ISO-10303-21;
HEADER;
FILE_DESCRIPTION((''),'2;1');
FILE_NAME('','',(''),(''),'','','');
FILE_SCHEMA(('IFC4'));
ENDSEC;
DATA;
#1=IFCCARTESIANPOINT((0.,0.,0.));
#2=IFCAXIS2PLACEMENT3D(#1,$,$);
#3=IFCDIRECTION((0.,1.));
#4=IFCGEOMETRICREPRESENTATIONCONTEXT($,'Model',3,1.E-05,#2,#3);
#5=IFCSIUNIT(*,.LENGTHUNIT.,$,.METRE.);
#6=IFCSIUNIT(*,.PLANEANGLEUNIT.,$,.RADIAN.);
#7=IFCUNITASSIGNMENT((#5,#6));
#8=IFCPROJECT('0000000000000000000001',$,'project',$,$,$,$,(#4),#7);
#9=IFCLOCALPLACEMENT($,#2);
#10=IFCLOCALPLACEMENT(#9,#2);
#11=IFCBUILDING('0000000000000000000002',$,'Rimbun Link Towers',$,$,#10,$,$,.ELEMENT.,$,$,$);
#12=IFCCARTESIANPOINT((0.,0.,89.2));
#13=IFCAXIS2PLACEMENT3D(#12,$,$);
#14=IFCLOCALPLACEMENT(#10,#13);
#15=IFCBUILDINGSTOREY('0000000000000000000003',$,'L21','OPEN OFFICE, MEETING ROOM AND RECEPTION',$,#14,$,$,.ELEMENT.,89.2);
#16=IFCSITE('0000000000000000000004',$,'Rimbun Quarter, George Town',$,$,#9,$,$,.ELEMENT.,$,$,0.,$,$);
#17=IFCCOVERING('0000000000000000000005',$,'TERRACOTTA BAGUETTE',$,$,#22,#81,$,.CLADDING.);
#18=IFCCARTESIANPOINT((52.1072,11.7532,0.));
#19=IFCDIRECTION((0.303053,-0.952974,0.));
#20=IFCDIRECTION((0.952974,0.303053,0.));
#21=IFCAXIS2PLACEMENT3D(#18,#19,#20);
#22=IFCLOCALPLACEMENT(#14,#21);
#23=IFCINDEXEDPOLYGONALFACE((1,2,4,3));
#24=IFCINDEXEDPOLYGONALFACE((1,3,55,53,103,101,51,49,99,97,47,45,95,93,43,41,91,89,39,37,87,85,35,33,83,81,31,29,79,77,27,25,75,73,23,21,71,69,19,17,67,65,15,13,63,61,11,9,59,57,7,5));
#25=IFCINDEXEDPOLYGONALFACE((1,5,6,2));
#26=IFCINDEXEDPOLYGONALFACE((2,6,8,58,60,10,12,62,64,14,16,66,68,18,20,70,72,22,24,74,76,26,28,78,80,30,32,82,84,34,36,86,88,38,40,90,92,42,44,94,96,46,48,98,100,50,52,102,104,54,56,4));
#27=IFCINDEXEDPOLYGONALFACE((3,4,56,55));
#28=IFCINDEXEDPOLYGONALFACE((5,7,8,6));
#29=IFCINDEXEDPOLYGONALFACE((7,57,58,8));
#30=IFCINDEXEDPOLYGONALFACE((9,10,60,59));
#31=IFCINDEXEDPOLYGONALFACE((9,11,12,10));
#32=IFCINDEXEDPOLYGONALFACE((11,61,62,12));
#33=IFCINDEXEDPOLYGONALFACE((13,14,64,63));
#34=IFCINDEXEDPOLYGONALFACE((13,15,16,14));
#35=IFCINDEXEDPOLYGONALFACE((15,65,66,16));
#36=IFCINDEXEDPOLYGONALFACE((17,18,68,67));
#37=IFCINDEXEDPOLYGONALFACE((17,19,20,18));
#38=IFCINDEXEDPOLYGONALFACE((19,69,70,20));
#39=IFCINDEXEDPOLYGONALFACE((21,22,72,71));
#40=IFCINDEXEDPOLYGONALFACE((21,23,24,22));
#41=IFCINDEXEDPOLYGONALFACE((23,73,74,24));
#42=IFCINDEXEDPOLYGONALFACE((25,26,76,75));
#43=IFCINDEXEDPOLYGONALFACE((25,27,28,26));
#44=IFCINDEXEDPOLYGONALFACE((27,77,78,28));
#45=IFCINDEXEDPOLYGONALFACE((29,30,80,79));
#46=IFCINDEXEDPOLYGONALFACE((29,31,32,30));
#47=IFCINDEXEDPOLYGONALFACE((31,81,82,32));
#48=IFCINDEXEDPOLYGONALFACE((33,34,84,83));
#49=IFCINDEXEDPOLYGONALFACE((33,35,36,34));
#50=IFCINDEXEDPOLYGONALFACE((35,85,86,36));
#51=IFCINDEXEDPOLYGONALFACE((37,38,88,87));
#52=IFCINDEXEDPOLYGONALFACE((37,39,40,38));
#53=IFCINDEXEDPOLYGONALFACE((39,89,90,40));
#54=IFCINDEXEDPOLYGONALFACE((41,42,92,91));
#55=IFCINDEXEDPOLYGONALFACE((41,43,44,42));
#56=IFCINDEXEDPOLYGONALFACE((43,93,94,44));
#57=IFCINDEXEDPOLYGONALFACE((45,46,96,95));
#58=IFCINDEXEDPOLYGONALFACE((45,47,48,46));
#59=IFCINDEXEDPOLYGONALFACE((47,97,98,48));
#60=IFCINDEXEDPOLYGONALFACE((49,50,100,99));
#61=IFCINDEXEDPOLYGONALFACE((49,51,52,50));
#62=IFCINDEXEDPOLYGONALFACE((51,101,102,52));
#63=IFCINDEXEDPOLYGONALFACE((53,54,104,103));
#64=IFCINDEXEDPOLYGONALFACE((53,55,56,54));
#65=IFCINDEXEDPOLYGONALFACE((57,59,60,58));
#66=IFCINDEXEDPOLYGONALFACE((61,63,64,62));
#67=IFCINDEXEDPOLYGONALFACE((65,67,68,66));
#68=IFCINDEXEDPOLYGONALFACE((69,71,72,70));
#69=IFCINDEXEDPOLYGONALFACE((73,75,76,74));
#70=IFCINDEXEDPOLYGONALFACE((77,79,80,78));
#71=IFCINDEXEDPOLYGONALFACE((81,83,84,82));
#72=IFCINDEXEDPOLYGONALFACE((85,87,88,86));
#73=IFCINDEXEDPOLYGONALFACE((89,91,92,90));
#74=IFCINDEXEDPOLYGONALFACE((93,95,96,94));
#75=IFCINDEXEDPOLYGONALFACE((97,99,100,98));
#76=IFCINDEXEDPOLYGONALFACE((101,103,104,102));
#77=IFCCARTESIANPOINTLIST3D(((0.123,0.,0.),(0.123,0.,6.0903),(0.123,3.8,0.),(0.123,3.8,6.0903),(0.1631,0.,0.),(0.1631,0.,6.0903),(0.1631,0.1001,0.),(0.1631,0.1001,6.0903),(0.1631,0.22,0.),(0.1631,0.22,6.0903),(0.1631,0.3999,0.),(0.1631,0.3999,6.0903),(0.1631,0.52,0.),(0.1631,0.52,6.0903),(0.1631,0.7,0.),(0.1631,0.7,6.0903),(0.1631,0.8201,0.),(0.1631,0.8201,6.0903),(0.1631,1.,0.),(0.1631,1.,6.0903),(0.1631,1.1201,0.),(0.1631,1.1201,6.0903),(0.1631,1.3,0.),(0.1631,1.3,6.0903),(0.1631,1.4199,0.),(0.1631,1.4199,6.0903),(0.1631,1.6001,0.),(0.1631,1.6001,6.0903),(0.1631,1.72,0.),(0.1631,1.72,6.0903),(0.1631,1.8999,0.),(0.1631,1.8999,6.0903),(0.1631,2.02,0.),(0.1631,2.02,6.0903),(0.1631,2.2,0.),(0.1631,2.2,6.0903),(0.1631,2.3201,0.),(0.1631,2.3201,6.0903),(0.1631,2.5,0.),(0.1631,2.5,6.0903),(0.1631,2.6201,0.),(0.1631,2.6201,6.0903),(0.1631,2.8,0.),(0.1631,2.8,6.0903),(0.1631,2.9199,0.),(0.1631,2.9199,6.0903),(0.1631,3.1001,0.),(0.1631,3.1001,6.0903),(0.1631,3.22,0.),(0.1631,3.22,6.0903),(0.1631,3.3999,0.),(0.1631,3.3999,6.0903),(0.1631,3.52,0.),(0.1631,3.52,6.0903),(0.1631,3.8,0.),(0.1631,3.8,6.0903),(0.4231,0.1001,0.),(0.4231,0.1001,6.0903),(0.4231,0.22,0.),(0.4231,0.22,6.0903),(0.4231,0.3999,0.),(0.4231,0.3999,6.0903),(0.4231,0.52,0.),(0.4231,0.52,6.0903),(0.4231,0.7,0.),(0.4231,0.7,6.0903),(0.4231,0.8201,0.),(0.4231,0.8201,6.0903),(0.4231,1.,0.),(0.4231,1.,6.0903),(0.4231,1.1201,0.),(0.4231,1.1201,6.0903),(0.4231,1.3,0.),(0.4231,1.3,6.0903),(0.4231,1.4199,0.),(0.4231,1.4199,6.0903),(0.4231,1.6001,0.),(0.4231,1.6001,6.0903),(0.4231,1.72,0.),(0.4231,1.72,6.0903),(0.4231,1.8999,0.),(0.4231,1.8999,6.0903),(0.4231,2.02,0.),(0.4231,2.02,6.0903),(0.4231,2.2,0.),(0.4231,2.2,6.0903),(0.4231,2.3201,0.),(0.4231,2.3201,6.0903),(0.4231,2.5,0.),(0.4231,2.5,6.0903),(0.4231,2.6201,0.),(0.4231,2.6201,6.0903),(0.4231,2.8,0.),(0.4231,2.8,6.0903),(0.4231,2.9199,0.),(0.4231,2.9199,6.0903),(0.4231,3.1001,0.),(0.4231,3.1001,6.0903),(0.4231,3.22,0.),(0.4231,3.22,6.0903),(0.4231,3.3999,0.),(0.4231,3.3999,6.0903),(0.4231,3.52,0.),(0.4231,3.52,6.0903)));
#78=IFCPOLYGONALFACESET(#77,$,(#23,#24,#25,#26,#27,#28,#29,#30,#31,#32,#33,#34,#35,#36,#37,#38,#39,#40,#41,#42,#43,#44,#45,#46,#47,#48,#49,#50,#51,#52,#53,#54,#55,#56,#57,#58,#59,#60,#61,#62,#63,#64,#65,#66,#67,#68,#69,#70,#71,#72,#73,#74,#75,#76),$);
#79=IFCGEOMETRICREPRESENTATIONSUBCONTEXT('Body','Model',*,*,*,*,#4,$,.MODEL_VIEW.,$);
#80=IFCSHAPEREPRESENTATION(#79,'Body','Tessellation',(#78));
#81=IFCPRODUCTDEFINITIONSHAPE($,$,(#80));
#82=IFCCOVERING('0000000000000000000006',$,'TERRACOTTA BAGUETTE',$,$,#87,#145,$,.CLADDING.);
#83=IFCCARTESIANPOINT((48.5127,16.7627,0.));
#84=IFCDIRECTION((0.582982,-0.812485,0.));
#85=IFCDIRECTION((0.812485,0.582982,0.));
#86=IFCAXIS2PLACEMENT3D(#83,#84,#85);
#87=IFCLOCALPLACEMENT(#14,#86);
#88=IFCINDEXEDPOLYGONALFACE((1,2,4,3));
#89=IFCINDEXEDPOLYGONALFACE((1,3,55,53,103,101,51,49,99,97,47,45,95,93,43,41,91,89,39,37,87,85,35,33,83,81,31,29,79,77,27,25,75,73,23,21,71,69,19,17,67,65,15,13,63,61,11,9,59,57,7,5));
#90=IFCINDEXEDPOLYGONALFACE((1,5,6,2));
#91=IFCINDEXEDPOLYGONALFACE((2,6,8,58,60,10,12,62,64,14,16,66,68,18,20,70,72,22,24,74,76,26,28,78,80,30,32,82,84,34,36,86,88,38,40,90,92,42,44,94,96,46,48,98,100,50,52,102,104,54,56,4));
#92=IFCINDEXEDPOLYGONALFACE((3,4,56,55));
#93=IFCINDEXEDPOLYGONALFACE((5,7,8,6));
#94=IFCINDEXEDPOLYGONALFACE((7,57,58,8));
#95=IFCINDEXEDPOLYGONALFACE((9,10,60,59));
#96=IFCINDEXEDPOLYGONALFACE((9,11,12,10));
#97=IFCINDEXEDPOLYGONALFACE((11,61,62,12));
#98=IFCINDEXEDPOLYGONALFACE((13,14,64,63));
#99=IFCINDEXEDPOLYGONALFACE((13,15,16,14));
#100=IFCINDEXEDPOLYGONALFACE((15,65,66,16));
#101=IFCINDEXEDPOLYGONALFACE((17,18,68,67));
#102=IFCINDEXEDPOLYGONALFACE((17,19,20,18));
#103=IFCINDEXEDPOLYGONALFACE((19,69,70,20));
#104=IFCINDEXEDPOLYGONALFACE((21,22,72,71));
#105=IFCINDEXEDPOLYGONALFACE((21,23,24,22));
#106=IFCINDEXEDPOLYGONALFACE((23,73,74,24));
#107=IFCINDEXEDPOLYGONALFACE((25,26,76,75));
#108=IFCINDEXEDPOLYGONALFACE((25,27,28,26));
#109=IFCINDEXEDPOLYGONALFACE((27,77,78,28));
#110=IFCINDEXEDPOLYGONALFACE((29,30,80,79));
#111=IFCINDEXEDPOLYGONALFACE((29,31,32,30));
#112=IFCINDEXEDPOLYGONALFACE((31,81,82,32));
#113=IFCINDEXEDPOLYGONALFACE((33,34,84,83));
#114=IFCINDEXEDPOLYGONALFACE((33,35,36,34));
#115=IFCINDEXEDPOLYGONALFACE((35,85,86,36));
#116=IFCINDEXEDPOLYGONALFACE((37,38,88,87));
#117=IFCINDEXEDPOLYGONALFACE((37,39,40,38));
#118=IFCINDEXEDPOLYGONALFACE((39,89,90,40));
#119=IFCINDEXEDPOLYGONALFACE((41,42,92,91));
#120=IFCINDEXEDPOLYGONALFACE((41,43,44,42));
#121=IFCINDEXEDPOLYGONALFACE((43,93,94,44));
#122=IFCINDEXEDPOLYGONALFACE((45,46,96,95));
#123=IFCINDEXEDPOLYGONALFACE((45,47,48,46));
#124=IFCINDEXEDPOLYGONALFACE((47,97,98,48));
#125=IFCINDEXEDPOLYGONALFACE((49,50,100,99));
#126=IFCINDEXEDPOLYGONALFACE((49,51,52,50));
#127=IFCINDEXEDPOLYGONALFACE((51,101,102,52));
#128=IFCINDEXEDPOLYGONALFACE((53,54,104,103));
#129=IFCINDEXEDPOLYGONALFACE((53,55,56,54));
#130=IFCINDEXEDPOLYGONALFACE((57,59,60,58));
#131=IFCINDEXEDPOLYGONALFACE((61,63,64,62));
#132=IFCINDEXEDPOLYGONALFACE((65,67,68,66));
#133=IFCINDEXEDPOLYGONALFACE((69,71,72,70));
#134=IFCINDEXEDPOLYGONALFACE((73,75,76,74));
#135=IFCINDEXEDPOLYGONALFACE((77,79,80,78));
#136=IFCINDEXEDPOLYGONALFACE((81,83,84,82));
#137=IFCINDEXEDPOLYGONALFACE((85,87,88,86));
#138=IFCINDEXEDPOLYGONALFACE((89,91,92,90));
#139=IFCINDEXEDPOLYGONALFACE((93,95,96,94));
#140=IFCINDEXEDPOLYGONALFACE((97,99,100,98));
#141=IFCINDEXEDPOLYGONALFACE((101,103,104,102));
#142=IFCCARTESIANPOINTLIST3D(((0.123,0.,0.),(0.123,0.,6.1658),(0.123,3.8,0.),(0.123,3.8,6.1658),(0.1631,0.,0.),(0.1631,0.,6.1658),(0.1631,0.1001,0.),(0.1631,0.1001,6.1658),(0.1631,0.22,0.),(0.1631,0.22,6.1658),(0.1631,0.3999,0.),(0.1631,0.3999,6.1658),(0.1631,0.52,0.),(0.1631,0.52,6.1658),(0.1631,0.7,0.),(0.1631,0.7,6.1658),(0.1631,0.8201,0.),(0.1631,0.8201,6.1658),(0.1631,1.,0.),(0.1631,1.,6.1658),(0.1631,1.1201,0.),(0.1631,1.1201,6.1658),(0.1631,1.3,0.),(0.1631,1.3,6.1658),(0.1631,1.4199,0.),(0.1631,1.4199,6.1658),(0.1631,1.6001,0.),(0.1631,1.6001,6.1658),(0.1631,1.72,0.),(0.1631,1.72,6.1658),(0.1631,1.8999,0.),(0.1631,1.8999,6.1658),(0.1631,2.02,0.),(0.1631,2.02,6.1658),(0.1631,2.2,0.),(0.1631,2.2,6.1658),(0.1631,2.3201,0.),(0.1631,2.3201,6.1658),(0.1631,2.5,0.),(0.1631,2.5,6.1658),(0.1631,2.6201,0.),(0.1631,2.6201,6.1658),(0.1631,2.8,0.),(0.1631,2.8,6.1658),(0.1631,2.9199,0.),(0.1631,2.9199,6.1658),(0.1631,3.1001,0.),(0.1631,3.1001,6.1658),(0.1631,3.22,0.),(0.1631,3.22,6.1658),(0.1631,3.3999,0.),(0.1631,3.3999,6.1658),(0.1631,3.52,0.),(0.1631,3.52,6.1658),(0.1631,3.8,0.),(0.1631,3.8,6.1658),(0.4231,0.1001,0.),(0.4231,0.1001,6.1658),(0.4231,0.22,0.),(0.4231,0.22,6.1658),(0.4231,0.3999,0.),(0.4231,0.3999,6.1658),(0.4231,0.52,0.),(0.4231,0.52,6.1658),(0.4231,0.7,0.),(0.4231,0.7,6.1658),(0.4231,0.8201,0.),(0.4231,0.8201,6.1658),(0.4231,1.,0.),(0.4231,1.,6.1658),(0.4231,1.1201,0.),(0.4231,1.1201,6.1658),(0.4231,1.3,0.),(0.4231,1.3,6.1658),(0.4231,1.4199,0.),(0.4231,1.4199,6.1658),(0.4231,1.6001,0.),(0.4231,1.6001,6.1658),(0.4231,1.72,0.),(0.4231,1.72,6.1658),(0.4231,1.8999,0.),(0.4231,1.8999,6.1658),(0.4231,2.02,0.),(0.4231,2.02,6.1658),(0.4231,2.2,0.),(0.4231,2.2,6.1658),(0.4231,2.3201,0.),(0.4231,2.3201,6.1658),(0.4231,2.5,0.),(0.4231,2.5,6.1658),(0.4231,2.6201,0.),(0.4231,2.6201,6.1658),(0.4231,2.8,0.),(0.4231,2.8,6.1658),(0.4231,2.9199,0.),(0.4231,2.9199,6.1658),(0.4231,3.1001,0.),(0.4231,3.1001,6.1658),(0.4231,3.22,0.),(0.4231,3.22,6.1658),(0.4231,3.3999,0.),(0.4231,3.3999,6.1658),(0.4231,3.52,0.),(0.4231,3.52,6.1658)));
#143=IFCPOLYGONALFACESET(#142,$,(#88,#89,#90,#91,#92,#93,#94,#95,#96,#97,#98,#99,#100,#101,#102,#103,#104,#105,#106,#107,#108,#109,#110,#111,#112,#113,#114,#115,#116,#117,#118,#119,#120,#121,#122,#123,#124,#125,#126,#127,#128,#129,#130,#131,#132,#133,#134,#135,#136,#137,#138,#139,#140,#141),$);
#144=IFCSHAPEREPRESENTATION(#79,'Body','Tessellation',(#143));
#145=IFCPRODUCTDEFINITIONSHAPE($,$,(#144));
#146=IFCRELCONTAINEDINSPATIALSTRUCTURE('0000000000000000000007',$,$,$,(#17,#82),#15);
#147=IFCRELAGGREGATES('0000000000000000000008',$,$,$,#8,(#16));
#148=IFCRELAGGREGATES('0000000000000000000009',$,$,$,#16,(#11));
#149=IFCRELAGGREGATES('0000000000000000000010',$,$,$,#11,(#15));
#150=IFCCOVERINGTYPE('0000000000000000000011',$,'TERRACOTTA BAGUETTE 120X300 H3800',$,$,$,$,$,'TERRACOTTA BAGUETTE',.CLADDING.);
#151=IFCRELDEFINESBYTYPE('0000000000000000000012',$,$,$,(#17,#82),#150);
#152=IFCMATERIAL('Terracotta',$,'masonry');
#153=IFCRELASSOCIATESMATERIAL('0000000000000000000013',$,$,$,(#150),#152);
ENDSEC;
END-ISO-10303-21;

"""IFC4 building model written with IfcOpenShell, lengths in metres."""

from ifc_helpers import new_model, si_unit, direction, frame, origin, place, context, subcontext, project, spatial, polyline, outline, extrude, material, material_profile, profile_set, type_object, element, save


model = new_model("IFC4")

# Units and contexts
model_context = context("Model", 3, precision=1e-05, world=origin(), true_north=direction((0.0, 1.0)))
body_context = subcontext(model_context, "Body", "Model", "MODEL_VIEW")
ifc_project = project(units=[si_unit("LENGTHUNIT", "METRE"), si_unit("PLANEANGLEUNIT", "RADIAN")], contexts=[model_context])

# Site, building, storey
site_placement = place(None, origin())
site = spatial("IfcSite", under=ifc_project, at=site_placement, Name="Rimbun Quarter, George Town", CompositionType="ELEMENT", RefElevation=0.0)
building_placement = place(site_placement, origin())
building = spatial("IfcBuilding", under=site, at=building_placement, Name="Rimbun Link Towers", CompositionType="ELEMENT")
storey_placement = place(building_placement, frame((0.0, 0.0, 89.2)))
storey = spatial("IfcBuildingStorey", under=building, at=storey_placement, Name="L21", Description="OPEN OFFICE, MEETING ROOM AND RECEPTION", CompositionType="ELEMENT", Elevation=89.2)

# Coverings
ifc_material_1 = material(Name="Terracotta", Category="masonry")
ifc_material_profile_1 = material_profile(ifc_material_1, outline(polyline([(0.123, 0.0), (0.1631, 0.0), (0.1631, 0.1001), (0.4231, 0.1001), (0.4231, 0.22), (0.1631, 0.22), (0.1631, 0.3999), (0.4231, 0.3999), (0.4231, 0.52), (0.1631, 0.52), (0.1631, 0.7), (0.4231, 0.7), (0.4231, 0.8201), (0.1631, 0.8201), (0.1631, 1.0), (0.4231, 1.0), (0.4231, 1.1201), (0.1631, 1.1201), (0.1631, 1.3), (0.4231, 1.3), (0.4231, 1.4199), (0.1631, 1.4199), (0.1631, 1.6001), (0.4231, 1.6001), (0.4231, 1.72), (0.1631, 1.72), (0.1631, 1.8999), (0.4231, 1.8999), (0.4231, 2.02), (0.1631, 2.02), (0.1631, 2.2), (0.4231, 2.2), (0.4231, 2.3201), (0.1631, 2.3201), (0.1631, 2.5), (0.4231, 2.5), (0.4231, 2.6201), (0.1631, 2.6201), (0.1631, 2.8), (0.4231, 2.8), (0.4231, 2.9199), (0.1631, 2.9199), (0.1631, 3.1001), (0.4231, 3.1001), (0.4231, 3.22), (0.1631, 3.22), (0.1631, 3.3999), (0.4231, 3.3999), (0.4231, 3.52), (0.1631, 3.52), (0.1631, 3.8), (0.123, 3.8), (0.123, 0.0)])), Name="BAGUETTE 120X300")
ifc_profile_set_1 = profile_set([ifc_material_profile_1], Name="Terracotta")
covering_type = type_object("IfcCoveringType", Name="TERRACOTTA BAGUETTE 120X300 H3800", ElementType="TERRACOTTA BAGUETTE", PredefinedType="CLADDING", material=ifc_profile_set_1)
covering_1_placement = place(storey_placement, frame((52.1072, 11.7532, 0.0), z_axis=(0.303053, -0.952974, 0.0), x_axis=(0.952974, 0.303053, 0.0)))
element("IfcCovering", 1, at=covering_1_placement, inside=storey, type_object=covering_type, Name="TERRACOTTA BAGUETTE", PredefinedType="CLADDING", context=body_context, shape_type="SweptSolid", body=[
    extrude(outline(polyline([(0.123, 0.0), (0.1631, 0.0), (0.1631, 0.1001), (0.4231, 0.1001), (0.4231, 0.22), (0.1631, 0.22), (0.1631, 0.3999), (0.4231, 0.3999), (0.4231, 0.52), (0.1631, 0.52), (0.1631, 0.7), (0.4231, 0.7), (0.4231, 0.8201), (0.1631, 0.8201), (0.1631, 1.0), (0.4231, 1.0), (0.4231, 1.1201), (0.1631, 1.1201), (0.1631, 1.3), (0.4231, 1.3), (0.4231, 1.4199), (0.1631, 1.4199), (0.1631, 1.6001), (0.4231, 1.6001), (0.4231, 1.72), (0.1631, 1.72), (0.1631, 1.8999), (0.4231, 1.8999), (0.4231, 2.02), (0.1631, 2.02), (0.1631, 2.2), (0.4231, 2.2), (0.4231, 2.3201), (0.1631, 2.3201), (0.1631, 2.5), (0.4231, 2.5), (0.4231, 2.6201), (0.1631, 2.6201), (0.1631, 2.8), (0.4231, 2.8), (0.4231, 2.9199), (0.1631, 2.9199), (0.1631, 3.1001), (0.4231, 3.1001), (0.4231, 3.22), (0.1631, 3.22), (0.1631, 3.3999), (0.4231, 3.3999), (0.4231, 3.52), (0.1631, 3.52), (0.1631, 3.8), (0.123, 3.8), (0.123, 0.0)])), origin(), (0.0, 0.0, 1.0), 6.0903),
])
covering_2_placement = place(storey_placement, frame((48.5127, 16.7627, 0.0), z_axis=(0.582982, -0.812485, 0.0), x_axis=(0.812485, 0.582982, 0.0)))
element("IfcCovering", 2, at=covering_2_placement, inside=storey, type_object=covering_type, Name="TERRACOTTA BAGUETTE", PredefinedType="CLADDING", context=body_context, shape_type="SweptSolid", body=[
    extrude(outline(polyline([(0.123, 0.0), (0.1631, 0.0), (0.1631, 0.1001), (0.4231, 0.1001), (0.4231, 0.22), (0.1631, 0.22), (0.1631, 0.3999), (0.4231, 0.3999), (0.4231, 0.52), (0.1631, 0.52), (0.1631, 0.7), (0.4231, 0.7), (0.4231, 0.8201), (0.1631, 0.8201), (0.1631, 1.0), (0.4231, 1.0), (0.4231, 1.1201), (0.1631, 1.1201), (0.1631, 1.3), (0.4231, 1.3), (0.4231, 1.4199), (0.1631, 1.4199), (0.1631, 1.6001), (0.4231, 1.6001), (0.4231, 1.72), (0.1631, 1.72), (0.1631, 1.8999), (0.4231, 1.8999), (0.4231, 2.02), (0.1631, 2.02), (0.1631, 2.2), (0.4231, 2.2), (0.4231, 2.3201), (0.1631, 2.3201), (0.1631, 2.5), (0.4231, 2.5), (0.4231, 2.6201), (0.1631, 2.6201), (0.1631, 2.8), (0.4231, 2.8), (0.4231, 2.9199), (0.1631, 2.9199), (0.1631, 3.1001), (0.4231, 3.1001), (0.4231, 3.22), (0.1631, 3.22), (0.1631, 3.3999), (0.4231, 3.3999), (0.4231, 3.52), (0.1631, 3.52), (0.1631, 3.8), (0.123, 3.8), (0.123, 0.0)])), origin(), (0.0, 0.0, 1.0), 6.1658),
])

save(model, "model.ifc")
